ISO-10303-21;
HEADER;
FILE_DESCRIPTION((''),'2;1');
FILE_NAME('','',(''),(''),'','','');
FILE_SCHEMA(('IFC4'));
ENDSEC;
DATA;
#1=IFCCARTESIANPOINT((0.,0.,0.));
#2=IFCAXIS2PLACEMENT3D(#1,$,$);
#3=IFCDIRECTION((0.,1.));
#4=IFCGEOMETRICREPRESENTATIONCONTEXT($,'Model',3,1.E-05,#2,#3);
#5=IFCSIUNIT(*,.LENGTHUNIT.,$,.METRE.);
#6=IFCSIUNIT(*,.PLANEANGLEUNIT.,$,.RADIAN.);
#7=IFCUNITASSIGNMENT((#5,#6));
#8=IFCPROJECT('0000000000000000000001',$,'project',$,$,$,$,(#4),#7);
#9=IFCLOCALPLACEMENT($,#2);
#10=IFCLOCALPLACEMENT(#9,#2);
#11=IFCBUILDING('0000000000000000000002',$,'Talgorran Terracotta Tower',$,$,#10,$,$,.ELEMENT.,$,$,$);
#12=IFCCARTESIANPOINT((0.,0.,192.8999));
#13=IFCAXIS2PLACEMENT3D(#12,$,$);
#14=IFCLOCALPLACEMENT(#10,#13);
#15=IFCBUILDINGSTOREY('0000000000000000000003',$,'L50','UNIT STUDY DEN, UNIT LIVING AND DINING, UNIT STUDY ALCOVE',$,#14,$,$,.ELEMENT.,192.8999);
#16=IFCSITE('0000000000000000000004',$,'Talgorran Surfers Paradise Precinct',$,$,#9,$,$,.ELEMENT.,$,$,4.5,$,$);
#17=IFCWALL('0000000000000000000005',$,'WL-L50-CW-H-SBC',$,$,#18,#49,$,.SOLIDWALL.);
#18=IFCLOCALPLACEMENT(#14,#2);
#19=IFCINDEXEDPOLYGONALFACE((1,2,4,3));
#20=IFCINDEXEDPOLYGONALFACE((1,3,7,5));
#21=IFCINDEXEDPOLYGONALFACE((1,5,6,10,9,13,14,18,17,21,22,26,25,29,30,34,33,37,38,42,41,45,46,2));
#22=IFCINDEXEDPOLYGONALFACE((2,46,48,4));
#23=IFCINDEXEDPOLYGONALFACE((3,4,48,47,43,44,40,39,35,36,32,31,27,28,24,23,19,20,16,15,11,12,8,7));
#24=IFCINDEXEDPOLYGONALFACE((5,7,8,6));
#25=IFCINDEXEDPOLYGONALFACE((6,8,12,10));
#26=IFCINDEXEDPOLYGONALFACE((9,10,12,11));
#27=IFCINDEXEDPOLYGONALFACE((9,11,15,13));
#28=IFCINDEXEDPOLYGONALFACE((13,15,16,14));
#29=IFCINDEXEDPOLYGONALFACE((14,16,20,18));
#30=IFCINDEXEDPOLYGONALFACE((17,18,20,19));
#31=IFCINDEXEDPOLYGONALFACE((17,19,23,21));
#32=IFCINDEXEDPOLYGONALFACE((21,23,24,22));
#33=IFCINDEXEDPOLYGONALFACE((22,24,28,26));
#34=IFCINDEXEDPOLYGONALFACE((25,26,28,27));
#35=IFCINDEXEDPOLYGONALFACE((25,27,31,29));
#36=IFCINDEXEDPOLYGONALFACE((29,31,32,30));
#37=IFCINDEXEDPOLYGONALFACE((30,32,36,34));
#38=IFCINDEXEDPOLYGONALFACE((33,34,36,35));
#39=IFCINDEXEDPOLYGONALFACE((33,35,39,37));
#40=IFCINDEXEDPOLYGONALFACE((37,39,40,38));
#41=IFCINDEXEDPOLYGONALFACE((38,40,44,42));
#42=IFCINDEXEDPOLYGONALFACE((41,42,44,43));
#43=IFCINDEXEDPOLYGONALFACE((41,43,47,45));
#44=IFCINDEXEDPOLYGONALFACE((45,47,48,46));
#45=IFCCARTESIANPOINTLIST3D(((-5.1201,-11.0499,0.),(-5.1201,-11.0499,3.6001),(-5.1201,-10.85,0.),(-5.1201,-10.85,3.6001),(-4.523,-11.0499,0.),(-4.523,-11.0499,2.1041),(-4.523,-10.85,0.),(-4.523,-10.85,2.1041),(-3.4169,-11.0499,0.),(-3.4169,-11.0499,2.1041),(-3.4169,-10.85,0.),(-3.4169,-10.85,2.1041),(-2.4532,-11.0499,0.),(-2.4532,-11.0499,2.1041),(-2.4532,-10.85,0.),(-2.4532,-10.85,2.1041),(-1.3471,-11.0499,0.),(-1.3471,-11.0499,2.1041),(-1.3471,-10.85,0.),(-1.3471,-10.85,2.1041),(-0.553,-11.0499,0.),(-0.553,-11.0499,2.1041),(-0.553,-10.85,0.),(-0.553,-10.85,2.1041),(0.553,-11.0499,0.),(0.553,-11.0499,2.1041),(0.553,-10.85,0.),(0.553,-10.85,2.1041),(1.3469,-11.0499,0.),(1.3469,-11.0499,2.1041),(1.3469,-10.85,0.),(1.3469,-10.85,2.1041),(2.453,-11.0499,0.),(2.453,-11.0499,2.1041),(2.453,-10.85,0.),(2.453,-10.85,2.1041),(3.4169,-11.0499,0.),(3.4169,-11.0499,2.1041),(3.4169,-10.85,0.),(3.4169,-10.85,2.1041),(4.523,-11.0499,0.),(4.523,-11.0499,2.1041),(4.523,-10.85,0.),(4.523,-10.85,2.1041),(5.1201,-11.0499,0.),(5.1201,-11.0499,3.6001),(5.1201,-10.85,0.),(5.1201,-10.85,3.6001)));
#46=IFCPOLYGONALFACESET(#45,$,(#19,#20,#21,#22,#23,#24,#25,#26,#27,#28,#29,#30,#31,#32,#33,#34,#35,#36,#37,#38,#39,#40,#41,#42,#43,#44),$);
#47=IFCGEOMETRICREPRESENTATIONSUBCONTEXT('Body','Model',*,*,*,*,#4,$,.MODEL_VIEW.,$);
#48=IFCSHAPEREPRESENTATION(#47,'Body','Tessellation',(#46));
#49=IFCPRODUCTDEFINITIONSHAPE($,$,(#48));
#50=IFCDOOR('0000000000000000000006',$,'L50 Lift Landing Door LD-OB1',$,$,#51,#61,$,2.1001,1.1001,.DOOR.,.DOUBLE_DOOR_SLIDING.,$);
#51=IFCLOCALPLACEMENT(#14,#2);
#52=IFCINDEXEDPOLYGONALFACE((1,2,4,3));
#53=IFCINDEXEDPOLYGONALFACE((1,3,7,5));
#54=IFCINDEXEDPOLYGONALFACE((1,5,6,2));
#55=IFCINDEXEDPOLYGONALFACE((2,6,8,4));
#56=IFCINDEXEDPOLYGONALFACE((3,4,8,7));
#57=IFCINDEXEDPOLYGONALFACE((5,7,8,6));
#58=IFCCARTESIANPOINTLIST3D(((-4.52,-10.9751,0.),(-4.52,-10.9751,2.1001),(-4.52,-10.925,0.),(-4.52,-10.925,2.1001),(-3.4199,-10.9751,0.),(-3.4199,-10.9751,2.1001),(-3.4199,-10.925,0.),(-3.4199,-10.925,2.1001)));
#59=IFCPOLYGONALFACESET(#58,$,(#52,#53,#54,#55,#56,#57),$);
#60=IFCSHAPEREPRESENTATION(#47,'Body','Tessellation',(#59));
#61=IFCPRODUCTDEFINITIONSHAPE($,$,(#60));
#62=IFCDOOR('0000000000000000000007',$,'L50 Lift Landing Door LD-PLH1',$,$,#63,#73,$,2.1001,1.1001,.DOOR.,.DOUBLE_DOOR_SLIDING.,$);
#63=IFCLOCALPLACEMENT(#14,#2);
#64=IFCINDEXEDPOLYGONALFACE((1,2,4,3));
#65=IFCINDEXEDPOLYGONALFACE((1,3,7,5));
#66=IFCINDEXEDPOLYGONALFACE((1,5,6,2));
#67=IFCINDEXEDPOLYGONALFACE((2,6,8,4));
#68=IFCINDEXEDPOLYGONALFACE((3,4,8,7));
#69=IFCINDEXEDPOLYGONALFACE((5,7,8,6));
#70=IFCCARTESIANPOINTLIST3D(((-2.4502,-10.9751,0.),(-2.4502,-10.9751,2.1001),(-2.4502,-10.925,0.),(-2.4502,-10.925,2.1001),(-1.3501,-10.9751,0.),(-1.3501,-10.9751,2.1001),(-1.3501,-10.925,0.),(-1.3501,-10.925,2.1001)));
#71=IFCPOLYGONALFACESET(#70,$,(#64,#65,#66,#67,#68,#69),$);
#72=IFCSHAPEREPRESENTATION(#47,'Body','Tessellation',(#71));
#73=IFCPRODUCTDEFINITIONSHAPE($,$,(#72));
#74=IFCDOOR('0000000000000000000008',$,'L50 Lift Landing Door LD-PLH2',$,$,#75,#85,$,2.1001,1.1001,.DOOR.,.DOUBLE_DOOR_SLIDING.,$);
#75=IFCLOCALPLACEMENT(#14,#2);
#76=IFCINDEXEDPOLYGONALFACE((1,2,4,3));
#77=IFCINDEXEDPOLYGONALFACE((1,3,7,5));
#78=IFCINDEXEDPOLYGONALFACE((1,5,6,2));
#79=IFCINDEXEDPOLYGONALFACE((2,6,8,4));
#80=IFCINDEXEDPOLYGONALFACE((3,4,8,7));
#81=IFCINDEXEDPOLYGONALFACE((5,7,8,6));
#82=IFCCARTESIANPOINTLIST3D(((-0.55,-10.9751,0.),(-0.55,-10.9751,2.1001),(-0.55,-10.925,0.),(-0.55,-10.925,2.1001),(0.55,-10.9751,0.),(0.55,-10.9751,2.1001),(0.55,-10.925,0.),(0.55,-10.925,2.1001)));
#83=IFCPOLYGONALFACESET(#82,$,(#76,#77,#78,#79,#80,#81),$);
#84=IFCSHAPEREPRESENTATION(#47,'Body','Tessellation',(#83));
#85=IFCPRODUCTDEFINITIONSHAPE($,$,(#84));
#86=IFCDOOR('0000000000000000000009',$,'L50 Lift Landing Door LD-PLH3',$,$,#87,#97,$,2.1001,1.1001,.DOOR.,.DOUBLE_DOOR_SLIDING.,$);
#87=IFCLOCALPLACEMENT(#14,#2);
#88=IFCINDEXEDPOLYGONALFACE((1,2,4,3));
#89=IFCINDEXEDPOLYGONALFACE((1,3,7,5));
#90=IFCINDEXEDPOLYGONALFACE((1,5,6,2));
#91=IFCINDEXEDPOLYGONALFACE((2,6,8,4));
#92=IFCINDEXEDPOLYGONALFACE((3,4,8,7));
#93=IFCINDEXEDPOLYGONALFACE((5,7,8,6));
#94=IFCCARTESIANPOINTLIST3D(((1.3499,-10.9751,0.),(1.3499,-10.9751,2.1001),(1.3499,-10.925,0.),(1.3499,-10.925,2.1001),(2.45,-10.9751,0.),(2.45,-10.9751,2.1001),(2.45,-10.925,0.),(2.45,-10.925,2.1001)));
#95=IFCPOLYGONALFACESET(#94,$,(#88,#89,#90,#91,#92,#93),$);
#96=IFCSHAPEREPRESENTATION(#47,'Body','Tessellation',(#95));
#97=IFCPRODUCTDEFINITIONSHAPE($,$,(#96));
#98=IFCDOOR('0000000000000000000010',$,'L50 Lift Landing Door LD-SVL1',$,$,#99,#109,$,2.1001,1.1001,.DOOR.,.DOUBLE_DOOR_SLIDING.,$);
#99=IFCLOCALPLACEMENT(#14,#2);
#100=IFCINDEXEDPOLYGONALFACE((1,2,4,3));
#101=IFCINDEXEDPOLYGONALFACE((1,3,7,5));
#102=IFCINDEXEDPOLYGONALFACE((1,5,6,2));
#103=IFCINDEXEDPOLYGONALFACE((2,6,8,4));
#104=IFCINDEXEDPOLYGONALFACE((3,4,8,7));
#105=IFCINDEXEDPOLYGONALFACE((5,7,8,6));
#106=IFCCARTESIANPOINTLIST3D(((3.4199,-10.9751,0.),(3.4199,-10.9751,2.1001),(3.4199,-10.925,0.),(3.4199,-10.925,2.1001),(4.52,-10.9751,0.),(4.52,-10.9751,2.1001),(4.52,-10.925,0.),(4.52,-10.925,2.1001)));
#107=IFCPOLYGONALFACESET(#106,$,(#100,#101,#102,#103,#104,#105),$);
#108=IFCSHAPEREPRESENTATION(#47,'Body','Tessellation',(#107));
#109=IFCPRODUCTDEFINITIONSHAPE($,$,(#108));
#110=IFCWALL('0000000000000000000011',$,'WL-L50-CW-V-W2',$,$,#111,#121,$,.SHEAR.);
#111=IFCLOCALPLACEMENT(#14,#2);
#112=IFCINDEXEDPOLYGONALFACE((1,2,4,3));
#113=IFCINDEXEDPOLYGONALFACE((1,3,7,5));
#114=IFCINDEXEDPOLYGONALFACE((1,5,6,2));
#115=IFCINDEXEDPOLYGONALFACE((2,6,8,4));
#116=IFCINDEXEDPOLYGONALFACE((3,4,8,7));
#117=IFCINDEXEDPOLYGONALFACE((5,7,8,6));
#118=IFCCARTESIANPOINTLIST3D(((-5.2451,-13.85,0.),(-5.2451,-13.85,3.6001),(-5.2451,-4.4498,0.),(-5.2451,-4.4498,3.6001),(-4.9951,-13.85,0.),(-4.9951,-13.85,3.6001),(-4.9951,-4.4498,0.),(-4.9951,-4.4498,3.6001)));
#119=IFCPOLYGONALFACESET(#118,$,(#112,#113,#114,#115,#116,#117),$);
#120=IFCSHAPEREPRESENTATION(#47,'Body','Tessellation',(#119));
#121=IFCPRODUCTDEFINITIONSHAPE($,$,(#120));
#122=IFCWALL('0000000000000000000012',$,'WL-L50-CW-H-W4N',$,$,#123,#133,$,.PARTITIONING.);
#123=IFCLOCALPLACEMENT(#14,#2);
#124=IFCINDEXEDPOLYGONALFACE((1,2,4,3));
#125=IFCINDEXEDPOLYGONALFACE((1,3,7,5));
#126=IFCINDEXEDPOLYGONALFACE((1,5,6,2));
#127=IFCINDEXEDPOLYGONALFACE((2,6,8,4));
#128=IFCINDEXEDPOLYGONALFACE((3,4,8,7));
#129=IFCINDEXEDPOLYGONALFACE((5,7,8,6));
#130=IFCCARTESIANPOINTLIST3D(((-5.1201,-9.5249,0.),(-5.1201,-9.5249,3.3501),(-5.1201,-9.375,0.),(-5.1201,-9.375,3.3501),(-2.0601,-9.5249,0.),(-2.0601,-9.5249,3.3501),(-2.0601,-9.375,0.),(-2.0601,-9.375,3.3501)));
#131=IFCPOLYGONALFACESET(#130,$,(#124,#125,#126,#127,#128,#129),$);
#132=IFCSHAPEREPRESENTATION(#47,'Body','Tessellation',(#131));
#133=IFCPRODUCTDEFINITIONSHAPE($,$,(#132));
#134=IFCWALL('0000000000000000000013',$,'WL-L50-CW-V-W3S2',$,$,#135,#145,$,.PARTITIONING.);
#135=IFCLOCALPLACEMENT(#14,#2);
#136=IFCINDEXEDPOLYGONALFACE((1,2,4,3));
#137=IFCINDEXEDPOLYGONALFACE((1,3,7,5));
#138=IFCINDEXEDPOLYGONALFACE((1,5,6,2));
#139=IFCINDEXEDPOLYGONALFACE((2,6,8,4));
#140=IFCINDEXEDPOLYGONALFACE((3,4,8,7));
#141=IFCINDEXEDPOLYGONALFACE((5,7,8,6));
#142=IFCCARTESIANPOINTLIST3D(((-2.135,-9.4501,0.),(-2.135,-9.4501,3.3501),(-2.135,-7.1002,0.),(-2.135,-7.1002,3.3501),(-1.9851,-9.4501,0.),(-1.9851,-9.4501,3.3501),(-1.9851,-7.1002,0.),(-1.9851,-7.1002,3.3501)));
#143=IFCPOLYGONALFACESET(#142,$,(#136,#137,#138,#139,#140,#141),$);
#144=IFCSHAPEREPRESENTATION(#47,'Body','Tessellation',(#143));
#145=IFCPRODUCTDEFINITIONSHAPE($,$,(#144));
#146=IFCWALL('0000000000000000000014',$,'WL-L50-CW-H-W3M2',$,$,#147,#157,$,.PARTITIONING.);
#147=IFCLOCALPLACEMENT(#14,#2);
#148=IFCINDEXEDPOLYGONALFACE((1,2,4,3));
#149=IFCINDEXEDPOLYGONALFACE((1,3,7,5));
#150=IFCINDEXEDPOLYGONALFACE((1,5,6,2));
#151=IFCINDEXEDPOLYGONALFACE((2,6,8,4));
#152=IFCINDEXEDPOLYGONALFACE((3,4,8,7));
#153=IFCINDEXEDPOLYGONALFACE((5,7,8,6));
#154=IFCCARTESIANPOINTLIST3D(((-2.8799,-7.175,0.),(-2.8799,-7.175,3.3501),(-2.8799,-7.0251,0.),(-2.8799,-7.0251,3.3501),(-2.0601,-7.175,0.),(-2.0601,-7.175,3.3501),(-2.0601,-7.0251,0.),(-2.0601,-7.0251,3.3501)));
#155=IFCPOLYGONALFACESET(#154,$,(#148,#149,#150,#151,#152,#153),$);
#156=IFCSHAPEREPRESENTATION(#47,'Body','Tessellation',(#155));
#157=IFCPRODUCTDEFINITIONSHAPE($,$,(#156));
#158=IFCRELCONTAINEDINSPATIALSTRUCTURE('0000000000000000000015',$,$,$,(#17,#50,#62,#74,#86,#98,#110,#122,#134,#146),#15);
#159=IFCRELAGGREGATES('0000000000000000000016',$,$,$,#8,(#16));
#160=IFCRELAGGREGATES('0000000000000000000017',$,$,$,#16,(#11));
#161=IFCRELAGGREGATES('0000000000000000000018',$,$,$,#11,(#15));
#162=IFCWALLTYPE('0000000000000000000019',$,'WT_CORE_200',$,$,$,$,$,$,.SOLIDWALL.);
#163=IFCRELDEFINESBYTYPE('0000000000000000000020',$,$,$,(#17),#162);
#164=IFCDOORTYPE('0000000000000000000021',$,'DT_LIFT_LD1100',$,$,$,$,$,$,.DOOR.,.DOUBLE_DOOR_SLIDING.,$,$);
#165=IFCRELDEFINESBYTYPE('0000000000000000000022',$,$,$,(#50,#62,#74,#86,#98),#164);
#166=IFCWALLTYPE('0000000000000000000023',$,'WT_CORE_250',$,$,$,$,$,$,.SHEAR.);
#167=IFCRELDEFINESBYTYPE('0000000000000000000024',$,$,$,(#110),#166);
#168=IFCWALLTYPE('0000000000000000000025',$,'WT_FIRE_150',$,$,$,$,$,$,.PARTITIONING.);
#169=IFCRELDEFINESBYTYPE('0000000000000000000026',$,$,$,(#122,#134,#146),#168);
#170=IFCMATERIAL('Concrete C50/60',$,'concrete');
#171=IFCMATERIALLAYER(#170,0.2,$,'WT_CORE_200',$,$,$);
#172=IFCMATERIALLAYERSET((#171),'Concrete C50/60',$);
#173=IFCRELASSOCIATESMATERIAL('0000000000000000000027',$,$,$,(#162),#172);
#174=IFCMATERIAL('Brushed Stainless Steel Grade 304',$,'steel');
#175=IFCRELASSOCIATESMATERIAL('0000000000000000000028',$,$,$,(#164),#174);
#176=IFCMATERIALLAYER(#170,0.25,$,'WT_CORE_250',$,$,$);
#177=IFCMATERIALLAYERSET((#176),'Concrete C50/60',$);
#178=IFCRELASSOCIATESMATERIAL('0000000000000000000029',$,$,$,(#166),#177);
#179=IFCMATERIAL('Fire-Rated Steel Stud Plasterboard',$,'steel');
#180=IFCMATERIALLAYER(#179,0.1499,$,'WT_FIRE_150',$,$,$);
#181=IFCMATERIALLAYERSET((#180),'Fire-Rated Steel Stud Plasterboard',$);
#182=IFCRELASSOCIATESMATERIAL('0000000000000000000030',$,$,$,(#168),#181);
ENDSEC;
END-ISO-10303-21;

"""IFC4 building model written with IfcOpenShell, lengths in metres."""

from ifc_helpers import new_model, si_unit, direction, frame, frame_2d, origin, place, context, subcontext, project, spatial, rectangle, extrude, material, layer, layer_set, type_object, element, fill, save


model = new_model("IFC4")

# Units and contexts
model_context = context("Model", 3, precision=1e-05, world=origin(), true_north=direction((0.0, 1.0)))
body_context = subcontext(model_context, "Body", "Model", "MODEL_VIEW")
ifc_project = project(units=[si_unit("LENGTHUNIT", "METRE"), si_unit("PLANEANGLEUNIT", "RADIAN")], contexts=[model_context])

# Site, building, storey
site_placement = place(None, origin())
site = spatial("IfcSite", under=ifc_project, at=site_placement, Name="Talgorran Surfers Paradise Precinct", CompositionType="ELEMENT", RefElevation=4.5)
building_placement = place(site_placement, origin())
building = spatial("IfcBuilding", under=site, at=building_placement, Name="Talgorran Terracotta Tower", CompositionType="ELEMENT")
storey_placement = place(building_placement, frame((0.0, 0.0, 192.8999)))
storey = spatial("IfcBuildingStorey", under=building, at=storey_placement, Name="L50", Description="UNIT STUDY DEN, UNIT LIVING AND DINING, UNIT STUDY ALCOVE", CompositionType="ELEMENT", Elevation=192.8999)

# Shared definitions
ifc_material_1 = material(Name="Concrete C50/60", Category="concrete")

# Wall, openings, doors
ifc_layer_1 = layer(ifc_material_1, 0.2, Name="WT_CORE_200")
ifc_layer_set_1 = layer_set([ifc_layer_1], Name="Concrete C50/60")
wall_type_1 = type_object("IfcWallType", Name="WT_CORE_200", PredefinedType="SOLIDWALL", material=ifc_layer_set_1)
wall_1_placement = place(storey_placement, frame((-5.1201, -10.95, 0.0), z_axis=(0.0, 0.0, 1.0), x_axis=(1.0, 0.0, 0.0)))
wall_1 = element("IfcWall", 1, at=wall_1_placement, inside=storey, type_object=wall_type_1, Name="WL-L50-CW-H-SBC", PredefinedType="SOLIDWALL", context=body_context, shape_type="SweptSolid", body=[
    extrude(rectangle(XDim=10.2402, YDim=0.2, at=frame_2d((5.1201, 0.0))), origin(), (0.0, 0.0, 1.0), 3.6001),
])
opening_1_placement = place(wall_1_placement, frame((0.6001, 0.0, 0.0)))
opening_1 = element("IfcOpeningElement", 2, at=opening_1_placement, cuts=wall_1, PredefinedType="OPENING", context=body_context, shape_type="SweptSolid", body=[
    extrude(rectangle(XDim=1.1061, YDim=2.1041, at=frame_2d((0.55, 1.052))), frame((0.0, 0.1099, 0.0), z_axis=(0.0, -1.0, 0.0), x_axis=(1.0, 0.0, 0.0)), (0.0, 0.0, 1.0), 0.22),
])
opening_2_placement = place(wall_1_placement, frame((2.6699, 0.0, 0.0)))
opening_2 = element("IfcOpeningElement", 3, at=opening_2_placement, cuts=wall_1, PredefinedType="OPENING", context=body_context, shape_type="SweptSolid", body=[
    extrude(rectangle(XDim=1.1061, YDim=2.1041, at=frame_2d((0.55, 1.052))), frame((0.0, 0.1099, 0.0), z_axis=(0.0, -1.0, 0.0), x_axis=(1.0, 0.0, 0.0)), (0.0, 0.0, 1.0), 0.22),
])
opening_3_placement = place(wall_1_placement, frame((4.5701, 0.0, 0.0)))
opening_3 = element("IfcOpeningElement", 4, at=opening_3_placement, cuts=wall_1, PredefinedType="OPENING", context=body_context, shape_type="SweptSolid", body=[
    extrude(rectangle(XDim=1.1061, YDim=2.1041, at=frame_2d((0.55, 1.052))), frame((0.0, 0.1099, 0.0), z_axis=(0.0, -1.0, 0.0), x_axis=(1.0, 0.0, 0.0)), (0.0, 0.0, 1.0), 0.22),
])
opening_4_placement = place(wall_1_placement, frame((6.47, 0.0, 0.0)))
opening_4 = element("IfcOpeningElement", 5, at=opening_4_placement, cuts=wall_1, PredefinedType="OPENING", context=body_context, shape_type="SweptSolid", body=[
    extrude(rectangle(XDim=1.1061, YDim=2.1041, at=frame_2d((0.55, 1.052))), frame((0.0, 0.1099, 0.0), z_axis=(0.0, -1.0, 0.0), x_axis=(1.0, 0.0, 0.0)), (0.0, 0.0, 1.0), 0.22),
])
opening_5_placement = place(wall_1_placement, frame((8.54, 0.0, 0.0)))
opening_5 = element("IfcOpeningElement", 6, at=opening_5_placement, cuts=wall_1, PredefinedType="OPENING", context=body_context, shape_type="SweptSolid", body=[
    extrude(rectangle(XDim=1.1061, YDim=2.1041, at=frame_2d((0.55, 1.052))), frame((0.0, 0.1099, 0.0), z_axis=(0.0, -1.0, 0.0), x_axis=(1.0, 0.0, 0.0)), (0.0, 0.0, 1.0), 0.22),
])
ifc_material_2 = material(Name="Brushed Stainless Steel Grade 304", Category="steel")
door_type_1 = type_object("IfcDoorType", Name="DT_LIFT_LD1100", OperationType="DOUBLE_DOOR_SLIDING", PredefinedType="DOOR", material=ifc_material_2)
door_1_placement = place(opening_1_placement, origin())
door_1 = element("IfcDoor", 7, at=door_1_placement, inside=storey, type_object=door_type_1, Name="L50 Lift Landing Door LD-OB1", OperationType="DOUBLE_DOOR_SLIDING", OverallHeight=2.1001, OverallWidth=1.1001, PredefinedType="DOOR", context=body_context, shape_type="SweptSolid", body=[
    extrude(rectangle(XDim=1.1001, YDim=2.1001, at=frame_2d((0.55, 1.05))), frame((0.0, 0.0249, 0.0), z_axis=(0.0, -1.0, 0.0), x_axis=(1.0, 0.0, 0.0)), (0.0, 0.0, 1.0), 0.05),
])
fill(opening_1, door_1)
door_2_placement = place(opening_2_placement, origin())
door_2 = element("IfcDoor", 8, at=door_2_placement, inside=storey, type_object=door_type_1, Name="L50 Lift Landing Door LD-PLH1", OperationType="DOUBLE_DOOR_SLIDING", OverallHeight=2.1001, OverallWidth=1.1001, PredefinedType="DOOR", context=body_context, shape_type="SweptSolid", body=[
    extrude(rectangle(XDim=1.1001, YDim=2.1001, at=frame_2d((0.55, 1.05))), frame((0.0, 0.0249, 0.0), z_axis=(0.0, -1.0, 0.0), x_axis=(1.0, 0.0, 0.0)), (0.0, 0.0, 1.0), 0.05),
])
fill(opening_2, door_2)
door_3_placement = place(opening_3_placement, origin())
door_3 = element("IfcDoor", 9, at=door_3_placement, inside=storey, type_object=door_type_1, Name="L50 Lift Landing Door LD-PLH2", OperationType="DOUBLE_DOOR_SLIDING", OverallHeight=2.1001, OverallWidth=1.1001, PredefinedType="DOOR", context=body_context, shape_type="SweptSolid", body=[
    extrude(rectangle(XDim=1.1001, YDim=2.1001, at=frame_2d((0.55, 1.05))), frame((0.0, 0.0249, 0.0), z_axis=(0.0, -1.0, 0.0), x_axis=(1.0, 0.0, 0.0)), (0.0, 0.0, 1.0), 0.05),
])
fill(opening_3, door_3)
door_4_placement = place(opening_4_placement, origin())
door_4 = element("IfcDoor", 10, at=door_4_placement, inside=storey, type_object=door_type_1, Name="L50 Lift Landing Door LD-PLH3", OperationType="DOUBLE_DOOR_SLIDING", OverallHeight=2.1001, OverallWidth=1.1001, PredefinedType="DOOR", context=body_context, shape_type="SweptSolid", body=[
    extrude(rectangle(XDim=1.1001, YDim=2.1001, at=frame_2d((0.55, 1.05))), frame((0.0, 0.0249, 0.0), z_axis=(0.0, -1.0, 0.0), x_axis=(1.0, 0.0, 0.0)), (0.0, 0.0, 1.0), 0.05),
])
fill(opening_4, door_4)
door_5_placement = place(opening_5_placement, origin())
door_5 = element("IfcDoor", 11, at=door_5_placement, inside=storey, type_object=door_type_1, Name="L50 Lift Landing Door LD-SVL1", OperationType="DOUBLE_DOOR_SLIDING", OverallHeight=2.1001, OverallWidth=1.1001, PredefinedType="DOOR", context=body_context, shape_type="SweptSolid", body=[
    extrude(rectangle(XDim=1.1001, YDim=2.1001, at=frame_2d((0.55, 1.05))), frame((0.0, 0.0249, 0.0), z_axis=(0.0, -1.0, 0.0), x_axis=(1.0, 0.0, 0.0)), (0.0, 0.0, 1.0), 0.05),
])
fill(opening_5, door_5)

# Walls
ifc_layer_2 = layer(ifc_material_1, 0.25, Name="WT_CORE_250")
ifc_layer_set_2 = layer_set([ifc_layer_2], Name="Concrete C50/60")
wall_type_2 = type_object("IfcWallType", Name="WT_CORE_250", PredefinedType="SHEAR", material=ifc_layer_set_2)
wall_2_placement = place(storey_placement, frame((-5.1201, -13.8501, 0.0), z_axis=(0.0, 0.0, 1.0), x_axis=(0.0, 1.0, 0.0)))
element("IfcWall", 12, at=wall_2_placement, inside=storey, type_object=wall_type_2, Name="WL-L50-CW-V-W2", PredefinedType="SHEAR", context=body_context, shape_type="SweptSolid", body=[
    extrude(rectangle(XDim=9.4001, YDim=0.25, at=frame_2d((4.7002, 0.0))), origin(), (0.0, 0.0, 1.0), 3.6001),
])
ifc_material_3 = material(Name="Fire-Rated Steel Stud Plasterboard", Category="steel")
ifc_layer_3 = layer(ifc_material_3, 0.1499, Name="WT_FIRE_150")
ifc_layer_set_3 = layer_set([ifc_layer_3], Name="Fire-Rated Steel Stud Plasterboard")
wall_type_3 = type_object("IfcWallType", Name="WT_FIRE_150", PredefinedType="PARTITIONING", material=ifc_layer_set_3)
wall_3_placement = place(storey_placement, frame((-5.1201, -9.45, 0.0), z_axis=(0.0, 0.0, 1.0), x_axis=(1.0, 0.0, 0.0)))
element("IfcWall", 13, at=wall_3_placement, inside=storey, type_object=wall_type_3, Name="WL-L50-CW-H-W4N", PredefinedType="PARTITIONING", context=body_context, shape_type="SweptSolid", body=[
    extrude(rectangle(XDim=3.0601, YDim=0.1499, at=frame_2d((1.53, 0.0))), origin(), (0.0, 0.0, 1.0), 3.3501),
])
wall_4_placement = place(storey_placement, frame((-2.0601, -9.45, 0.0), z_axis=(0.0, 0.0, 1.0), x_axis=(0.0, 1.0, 0.0)))
element("IfcWall", 14, at=wall_4_placement, inside=storey, type_object=wall_type_3, Name="WL-L50-CW-V-W3S2", PredefinedType="PARTITIONING", context=body_context, shape_type="SweptSolid", body=[
    extrude(rectangle(XDim=2.3499, YDim=0.1499, at=frame_2d((1.1748, 0.0))), origin(), (0.0, 0.0, 1.0), 3.3501),
])
wall_5_placement = place(storey_placement, frame((-2.8799, -7.1001, 0.0), z_axis=(0.0, 0.0, 1.0), x_axis=(1.0, 0.0, 0.0)))
element("IfcWall", 15, at=wall_5_placement, inside=storey, type_object=wall_type_3, Name="WL-L50-CW-H-W3M2", PredefinedType="PARTITIONING", context=body_context, shape_type="SweptSolid", body=[
    extrude(rectangle(XDim=0.8198, YDim=0.1499, at=frame_2d((0.4099, 0.0))), origin(), (0.0, 0.0, 1.0), 3.3501),
])

save(model, "model.ifc")
